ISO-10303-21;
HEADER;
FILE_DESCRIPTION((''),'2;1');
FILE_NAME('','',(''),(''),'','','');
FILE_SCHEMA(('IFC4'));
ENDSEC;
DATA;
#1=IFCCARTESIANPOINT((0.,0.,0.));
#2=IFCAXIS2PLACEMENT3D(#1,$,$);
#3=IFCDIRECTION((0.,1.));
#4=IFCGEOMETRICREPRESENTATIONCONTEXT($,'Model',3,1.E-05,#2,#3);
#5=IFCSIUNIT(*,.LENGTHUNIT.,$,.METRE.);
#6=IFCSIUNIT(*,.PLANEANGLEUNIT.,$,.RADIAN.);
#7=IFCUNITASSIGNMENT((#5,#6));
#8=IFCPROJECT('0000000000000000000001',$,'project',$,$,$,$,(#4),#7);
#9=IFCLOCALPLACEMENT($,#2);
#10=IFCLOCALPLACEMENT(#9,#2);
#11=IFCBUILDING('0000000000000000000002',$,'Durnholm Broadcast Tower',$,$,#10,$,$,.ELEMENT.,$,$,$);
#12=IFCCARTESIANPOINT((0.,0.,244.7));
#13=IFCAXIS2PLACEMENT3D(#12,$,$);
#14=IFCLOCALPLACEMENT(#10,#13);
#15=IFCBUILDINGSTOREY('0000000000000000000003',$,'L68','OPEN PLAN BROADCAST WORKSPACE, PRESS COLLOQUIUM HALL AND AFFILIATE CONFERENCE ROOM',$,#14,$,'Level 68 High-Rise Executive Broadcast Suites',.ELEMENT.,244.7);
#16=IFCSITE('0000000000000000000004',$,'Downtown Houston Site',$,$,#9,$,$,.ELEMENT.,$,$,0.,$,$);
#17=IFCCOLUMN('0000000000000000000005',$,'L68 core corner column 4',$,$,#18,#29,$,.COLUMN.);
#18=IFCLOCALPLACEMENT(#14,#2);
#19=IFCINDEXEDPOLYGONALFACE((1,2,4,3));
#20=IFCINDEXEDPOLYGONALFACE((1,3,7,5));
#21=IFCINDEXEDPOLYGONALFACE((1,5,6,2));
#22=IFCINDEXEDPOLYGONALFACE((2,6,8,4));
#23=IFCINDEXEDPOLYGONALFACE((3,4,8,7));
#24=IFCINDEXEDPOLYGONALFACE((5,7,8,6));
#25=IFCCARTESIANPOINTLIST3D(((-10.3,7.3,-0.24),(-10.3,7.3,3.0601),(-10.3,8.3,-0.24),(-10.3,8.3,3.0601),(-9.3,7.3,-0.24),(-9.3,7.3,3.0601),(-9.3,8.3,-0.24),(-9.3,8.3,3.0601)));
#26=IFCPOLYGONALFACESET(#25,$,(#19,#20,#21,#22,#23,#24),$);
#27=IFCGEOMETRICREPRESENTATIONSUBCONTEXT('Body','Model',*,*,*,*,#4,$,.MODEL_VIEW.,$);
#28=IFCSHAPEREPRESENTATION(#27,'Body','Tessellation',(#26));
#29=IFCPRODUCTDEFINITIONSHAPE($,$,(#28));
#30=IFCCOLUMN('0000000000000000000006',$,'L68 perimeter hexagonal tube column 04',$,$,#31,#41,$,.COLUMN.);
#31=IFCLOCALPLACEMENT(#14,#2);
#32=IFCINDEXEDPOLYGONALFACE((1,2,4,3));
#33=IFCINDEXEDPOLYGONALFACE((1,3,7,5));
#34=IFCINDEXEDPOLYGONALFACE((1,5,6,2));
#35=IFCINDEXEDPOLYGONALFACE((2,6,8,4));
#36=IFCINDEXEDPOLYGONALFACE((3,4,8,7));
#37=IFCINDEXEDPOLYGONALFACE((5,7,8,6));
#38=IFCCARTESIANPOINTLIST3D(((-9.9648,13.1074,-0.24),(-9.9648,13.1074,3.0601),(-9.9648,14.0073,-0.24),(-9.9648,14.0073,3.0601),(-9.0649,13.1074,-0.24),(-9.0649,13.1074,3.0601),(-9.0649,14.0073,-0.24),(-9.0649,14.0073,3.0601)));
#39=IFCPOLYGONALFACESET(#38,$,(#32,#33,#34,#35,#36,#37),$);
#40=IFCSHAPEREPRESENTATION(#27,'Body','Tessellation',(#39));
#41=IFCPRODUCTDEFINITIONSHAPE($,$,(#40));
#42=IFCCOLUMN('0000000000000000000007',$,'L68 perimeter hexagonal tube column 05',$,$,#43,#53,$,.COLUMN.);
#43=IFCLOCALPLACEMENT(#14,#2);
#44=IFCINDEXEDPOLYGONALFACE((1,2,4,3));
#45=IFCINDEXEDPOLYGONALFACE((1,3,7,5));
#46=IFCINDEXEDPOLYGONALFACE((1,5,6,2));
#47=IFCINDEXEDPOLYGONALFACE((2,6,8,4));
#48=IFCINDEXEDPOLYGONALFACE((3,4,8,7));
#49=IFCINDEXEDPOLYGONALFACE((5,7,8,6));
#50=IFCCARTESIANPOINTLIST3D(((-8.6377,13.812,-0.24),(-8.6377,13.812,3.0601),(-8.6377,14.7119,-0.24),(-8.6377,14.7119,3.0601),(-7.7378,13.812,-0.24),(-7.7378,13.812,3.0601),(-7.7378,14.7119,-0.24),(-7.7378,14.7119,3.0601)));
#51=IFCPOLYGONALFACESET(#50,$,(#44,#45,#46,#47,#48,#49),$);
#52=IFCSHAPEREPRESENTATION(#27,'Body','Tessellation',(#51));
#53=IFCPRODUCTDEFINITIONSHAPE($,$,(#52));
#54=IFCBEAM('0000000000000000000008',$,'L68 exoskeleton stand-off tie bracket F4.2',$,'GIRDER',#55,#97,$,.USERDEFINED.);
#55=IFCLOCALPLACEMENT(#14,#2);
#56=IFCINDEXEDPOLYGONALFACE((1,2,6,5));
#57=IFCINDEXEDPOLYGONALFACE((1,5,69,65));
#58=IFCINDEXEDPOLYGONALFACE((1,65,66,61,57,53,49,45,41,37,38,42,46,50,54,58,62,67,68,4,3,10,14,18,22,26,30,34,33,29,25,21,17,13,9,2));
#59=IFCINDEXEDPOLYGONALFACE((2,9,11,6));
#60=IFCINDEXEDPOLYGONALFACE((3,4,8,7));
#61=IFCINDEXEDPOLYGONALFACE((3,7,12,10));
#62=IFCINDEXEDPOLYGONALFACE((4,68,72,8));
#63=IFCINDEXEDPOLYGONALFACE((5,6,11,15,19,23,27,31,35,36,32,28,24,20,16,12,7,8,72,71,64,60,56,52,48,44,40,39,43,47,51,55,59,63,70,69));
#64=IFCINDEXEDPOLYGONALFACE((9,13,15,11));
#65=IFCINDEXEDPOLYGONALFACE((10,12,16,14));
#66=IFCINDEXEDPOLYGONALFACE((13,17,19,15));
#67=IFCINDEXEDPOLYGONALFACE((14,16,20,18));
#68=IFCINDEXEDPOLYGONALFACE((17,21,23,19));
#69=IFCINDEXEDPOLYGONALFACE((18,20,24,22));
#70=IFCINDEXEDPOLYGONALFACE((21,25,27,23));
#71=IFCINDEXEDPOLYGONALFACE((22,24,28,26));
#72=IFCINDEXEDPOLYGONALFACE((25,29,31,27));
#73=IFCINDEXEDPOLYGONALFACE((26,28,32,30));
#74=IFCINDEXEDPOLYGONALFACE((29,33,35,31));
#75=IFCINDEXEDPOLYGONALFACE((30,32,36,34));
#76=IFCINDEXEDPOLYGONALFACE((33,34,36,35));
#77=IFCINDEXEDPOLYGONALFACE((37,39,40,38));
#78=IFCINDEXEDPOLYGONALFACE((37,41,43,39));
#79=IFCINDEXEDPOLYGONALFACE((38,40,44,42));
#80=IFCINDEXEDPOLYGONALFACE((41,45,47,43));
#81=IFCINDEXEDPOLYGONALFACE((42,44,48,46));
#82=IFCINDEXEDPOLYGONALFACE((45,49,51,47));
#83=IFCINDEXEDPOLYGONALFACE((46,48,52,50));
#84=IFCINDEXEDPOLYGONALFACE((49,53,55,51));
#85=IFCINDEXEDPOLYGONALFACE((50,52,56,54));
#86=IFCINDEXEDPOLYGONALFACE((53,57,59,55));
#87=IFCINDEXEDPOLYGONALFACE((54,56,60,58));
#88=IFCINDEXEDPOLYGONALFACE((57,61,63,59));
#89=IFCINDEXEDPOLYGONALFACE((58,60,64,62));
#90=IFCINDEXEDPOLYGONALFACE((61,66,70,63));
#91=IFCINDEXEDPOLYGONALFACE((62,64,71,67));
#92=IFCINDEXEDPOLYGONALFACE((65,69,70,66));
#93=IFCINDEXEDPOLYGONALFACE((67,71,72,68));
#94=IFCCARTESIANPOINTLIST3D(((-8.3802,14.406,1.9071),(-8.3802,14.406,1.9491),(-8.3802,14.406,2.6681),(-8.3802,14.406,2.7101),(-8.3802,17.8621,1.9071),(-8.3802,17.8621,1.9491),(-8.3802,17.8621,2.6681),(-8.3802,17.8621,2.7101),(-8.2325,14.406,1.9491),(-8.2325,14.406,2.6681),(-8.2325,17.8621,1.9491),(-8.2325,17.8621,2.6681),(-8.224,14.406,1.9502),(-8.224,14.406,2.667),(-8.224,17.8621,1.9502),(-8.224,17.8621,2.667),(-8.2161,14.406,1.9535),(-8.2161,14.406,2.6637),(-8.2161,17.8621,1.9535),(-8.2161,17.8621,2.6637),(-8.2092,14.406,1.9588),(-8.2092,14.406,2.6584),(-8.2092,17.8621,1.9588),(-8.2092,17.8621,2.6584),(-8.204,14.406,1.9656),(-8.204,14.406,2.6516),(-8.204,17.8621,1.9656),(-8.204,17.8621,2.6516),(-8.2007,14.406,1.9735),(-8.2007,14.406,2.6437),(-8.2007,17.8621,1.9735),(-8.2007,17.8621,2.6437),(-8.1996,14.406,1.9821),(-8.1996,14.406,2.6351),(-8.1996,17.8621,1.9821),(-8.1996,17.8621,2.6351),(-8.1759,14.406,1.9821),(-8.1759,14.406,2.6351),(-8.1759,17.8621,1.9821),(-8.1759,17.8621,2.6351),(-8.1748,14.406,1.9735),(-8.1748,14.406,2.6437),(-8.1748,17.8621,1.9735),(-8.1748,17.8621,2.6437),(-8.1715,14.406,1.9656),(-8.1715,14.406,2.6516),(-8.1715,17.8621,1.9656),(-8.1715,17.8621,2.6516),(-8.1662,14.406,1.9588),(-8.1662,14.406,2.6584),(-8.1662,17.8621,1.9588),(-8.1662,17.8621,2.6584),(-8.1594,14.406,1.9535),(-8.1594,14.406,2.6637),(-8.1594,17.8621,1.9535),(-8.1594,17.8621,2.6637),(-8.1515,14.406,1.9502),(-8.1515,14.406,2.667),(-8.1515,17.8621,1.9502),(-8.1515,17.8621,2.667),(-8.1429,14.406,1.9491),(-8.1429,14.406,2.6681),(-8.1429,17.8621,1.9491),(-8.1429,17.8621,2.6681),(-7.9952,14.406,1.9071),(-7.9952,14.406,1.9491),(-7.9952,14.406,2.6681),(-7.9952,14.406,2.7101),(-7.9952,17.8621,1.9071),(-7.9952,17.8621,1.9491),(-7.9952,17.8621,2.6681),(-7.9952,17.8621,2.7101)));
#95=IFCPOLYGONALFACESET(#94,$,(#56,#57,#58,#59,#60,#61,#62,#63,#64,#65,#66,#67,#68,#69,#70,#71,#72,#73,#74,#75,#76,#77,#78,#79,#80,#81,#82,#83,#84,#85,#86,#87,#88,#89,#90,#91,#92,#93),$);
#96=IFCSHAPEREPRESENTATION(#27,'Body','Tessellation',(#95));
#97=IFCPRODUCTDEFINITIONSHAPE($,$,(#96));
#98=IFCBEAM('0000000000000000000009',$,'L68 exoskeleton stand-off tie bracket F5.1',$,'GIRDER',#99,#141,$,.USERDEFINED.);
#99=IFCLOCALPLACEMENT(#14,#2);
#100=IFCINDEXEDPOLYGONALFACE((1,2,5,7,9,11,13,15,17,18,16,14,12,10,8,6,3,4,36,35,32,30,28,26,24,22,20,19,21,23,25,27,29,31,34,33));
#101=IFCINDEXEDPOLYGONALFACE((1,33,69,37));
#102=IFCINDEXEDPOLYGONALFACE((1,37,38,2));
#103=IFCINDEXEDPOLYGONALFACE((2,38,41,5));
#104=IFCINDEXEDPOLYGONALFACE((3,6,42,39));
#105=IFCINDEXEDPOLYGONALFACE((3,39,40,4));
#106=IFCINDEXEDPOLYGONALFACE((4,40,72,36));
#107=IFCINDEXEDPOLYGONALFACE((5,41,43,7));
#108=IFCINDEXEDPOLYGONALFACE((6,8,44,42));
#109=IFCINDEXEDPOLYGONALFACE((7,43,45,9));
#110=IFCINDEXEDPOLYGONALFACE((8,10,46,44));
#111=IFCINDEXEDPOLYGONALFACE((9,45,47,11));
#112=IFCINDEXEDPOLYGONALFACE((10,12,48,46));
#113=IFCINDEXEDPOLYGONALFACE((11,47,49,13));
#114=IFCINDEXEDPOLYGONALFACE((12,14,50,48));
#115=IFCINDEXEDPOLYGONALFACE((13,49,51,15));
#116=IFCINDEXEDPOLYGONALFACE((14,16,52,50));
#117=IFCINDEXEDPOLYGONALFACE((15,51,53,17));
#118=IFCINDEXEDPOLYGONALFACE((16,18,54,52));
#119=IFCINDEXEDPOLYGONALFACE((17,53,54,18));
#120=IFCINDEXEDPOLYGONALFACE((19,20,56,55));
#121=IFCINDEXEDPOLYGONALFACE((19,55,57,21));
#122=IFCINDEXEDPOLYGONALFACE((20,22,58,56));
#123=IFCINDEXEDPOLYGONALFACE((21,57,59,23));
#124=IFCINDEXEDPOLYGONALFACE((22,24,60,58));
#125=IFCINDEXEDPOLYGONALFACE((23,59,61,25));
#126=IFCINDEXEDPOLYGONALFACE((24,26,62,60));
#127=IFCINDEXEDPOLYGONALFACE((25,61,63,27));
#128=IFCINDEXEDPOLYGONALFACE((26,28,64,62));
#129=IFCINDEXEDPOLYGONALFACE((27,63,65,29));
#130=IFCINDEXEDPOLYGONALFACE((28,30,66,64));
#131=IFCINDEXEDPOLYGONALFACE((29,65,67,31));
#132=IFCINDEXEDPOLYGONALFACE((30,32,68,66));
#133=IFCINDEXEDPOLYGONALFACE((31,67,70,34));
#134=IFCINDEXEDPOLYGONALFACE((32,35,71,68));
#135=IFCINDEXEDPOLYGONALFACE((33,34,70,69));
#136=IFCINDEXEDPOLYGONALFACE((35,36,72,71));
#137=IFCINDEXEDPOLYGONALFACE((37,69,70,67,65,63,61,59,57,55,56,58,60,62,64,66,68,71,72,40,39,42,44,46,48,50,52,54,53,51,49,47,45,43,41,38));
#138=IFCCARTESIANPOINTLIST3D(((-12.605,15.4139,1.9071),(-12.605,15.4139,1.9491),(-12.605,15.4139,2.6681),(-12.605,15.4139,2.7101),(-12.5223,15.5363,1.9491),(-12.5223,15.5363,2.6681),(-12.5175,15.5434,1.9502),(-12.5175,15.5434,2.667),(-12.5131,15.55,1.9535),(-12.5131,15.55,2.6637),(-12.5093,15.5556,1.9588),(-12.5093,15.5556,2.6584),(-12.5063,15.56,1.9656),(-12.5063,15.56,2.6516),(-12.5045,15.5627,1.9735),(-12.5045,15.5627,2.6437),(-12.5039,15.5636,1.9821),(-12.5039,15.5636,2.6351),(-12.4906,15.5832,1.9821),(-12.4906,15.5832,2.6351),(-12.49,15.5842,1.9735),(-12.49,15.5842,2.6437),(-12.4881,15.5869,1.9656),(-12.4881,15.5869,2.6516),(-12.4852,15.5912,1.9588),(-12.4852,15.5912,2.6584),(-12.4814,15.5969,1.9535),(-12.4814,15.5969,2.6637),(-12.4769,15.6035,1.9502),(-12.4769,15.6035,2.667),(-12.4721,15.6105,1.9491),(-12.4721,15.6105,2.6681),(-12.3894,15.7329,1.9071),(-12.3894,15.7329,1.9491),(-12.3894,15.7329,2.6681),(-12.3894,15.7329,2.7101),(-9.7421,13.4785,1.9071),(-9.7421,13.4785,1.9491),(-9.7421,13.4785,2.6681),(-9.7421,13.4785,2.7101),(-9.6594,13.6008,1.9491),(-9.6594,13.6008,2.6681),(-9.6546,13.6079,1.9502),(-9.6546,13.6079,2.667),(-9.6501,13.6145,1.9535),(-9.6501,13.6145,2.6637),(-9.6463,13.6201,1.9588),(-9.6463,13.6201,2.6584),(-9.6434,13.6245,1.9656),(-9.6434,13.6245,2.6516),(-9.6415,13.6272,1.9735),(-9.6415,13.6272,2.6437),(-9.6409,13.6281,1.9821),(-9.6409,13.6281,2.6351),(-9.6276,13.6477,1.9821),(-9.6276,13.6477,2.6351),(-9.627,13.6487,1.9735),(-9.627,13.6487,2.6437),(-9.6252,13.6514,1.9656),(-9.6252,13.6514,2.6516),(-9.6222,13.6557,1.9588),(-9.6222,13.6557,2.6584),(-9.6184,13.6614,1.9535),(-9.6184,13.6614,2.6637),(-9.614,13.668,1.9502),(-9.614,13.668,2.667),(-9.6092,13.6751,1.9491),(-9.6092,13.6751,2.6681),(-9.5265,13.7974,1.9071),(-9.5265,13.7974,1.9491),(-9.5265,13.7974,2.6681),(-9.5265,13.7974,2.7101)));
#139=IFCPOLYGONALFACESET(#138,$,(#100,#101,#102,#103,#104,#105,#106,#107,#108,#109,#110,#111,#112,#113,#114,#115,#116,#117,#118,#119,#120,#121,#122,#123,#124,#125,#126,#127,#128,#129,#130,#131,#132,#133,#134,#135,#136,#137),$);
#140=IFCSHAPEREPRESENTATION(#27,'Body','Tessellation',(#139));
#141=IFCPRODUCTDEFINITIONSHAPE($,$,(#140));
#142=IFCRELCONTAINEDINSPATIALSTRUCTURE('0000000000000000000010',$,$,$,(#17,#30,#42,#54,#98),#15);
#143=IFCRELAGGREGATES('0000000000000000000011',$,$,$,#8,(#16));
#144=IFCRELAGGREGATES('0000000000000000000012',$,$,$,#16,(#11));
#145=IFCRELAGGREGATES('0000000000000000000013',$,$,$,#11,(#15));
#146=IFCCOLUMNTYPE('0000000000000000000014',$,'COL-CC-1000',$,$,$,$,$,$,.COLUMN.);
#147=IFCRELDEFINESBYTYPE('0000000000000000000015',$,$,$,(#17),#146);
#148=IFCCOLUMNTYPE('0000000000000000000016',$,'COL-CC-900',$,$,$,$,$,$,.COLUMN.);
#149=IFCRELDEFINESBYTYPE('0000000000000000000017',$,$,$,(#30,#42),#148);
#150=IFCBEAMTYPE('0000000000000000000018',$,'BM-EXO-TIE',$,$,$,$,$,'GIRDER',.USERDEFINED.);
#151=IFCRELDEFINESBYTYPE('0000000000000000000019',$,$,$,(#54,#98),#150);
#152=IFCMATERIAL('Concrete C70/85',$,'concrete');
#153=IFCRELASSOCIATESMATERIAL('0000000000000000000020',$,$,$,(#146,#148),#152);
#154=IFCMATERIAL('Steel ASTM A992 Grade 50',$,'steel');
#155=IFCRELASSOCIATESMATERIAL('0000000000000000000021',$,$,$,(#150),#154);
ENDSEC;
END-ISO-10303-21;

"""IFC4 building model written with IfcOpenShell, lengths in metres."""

from ifc_helpers import new_model, si_unit, direction, frame, origin, origin_2d, place, context, subcontext, project, spatial, rectangle, i_section, extrude, source, transform, mapped, material, material_profile, profile_set, type_object, type_shapes, element, save


model = new_model("IFC4")

# Units and contexts
model_context = context("Model", 3, precision=1e-05, world=origin(), true_north=direction((0.0, 1.0)))
body_context = subcontext(model_context, "Body", "Model", "MODEL_VIEW")
ifc_project = project(units=[si_unit("LENGTHUNIT", "METRE"), si_unit("PLANEANGLEUNIT", "RADIAN")], contexts=[model_context])

# Site, building, storey
site_placement = place(None, origin())
site = spatial("IfcSite", under=ifc_project, at=site_placement, Name="Downtown Houston Site", CompositionType="ELEMENT", RefElevation=0.0)
building_placement = place(site_placement, origin())
building = spatial("IfcBuilding", under=site, at=building_placement, Name="Durnholm Broadcast Tower", CompositionType="ELEMENT")
storey_placement = place(building_placement, frame((0.0, 0.0, 244.7)))
storey = spatial("IfcBuildingStorey", under=building, at=storey_placement, Name="L68", Description="OPEN PLAN BROADCAST WORKSPACE, PRESS COLLOQUIUM HALL AND AFFILIATE CONFERENCE ROOM", LongName="Level 68 High-Rise Executive Broadcast Suites", CompositionType="ELEMENT", Elevation=244.7)

# Columns
ifc_material_1 = material(Name="Concrete C70/85", Category="concrete")
ifc_material_profile_1 = material_profile(ifc_material_1, rectangle(XDim=1.0, YDim=1.0, at=origin_2d()), Name="RC1000X1000")
ifc_profile_set_1 = profile_set([ifc_material_profile_1], Name="Concrete C70/85")
column_type_1 = type_object("IfcColumnType", Name="COL-CC-1000", PredefinedType="COLUMN", material=ifc_profile_set_1)
shared_shape_1 = source(origin(), body_context, "Body", "SweptSolid", [
    extrude(rectangle(XDim=1.0, YDim=1.0, at=origin_2d()), origin(), (0.0, 0.0, 1.0), 3.3),
])
type_shapes(column_type_1, [shared_shape_1])
column_placement = place(storey_placement, frame((-9.8, 7.8, -0.24), z_axis=(0.0, 0.0, 1.0), x_axis=(1.0, 0.0, 0.0)))
element("IfcColumn", 1, at=column_placement, inside=storey, type_object=column_type_1, Name="L68 core corner column 4", PredefinedType="COLUMN", context=body_context, shape_type="MappedRepresentation", body=[
    mapped(shared_shape_1, transform((0.0, 0.0, 0.0), x_axis=(1.0, 0.0, 0.0), y_axis=(0.0, 1.0, 0.0), z_axis=(0.0, 0.0, 1.0), scale=1.0)),
])
ifc_material_profile_2 = material_profile(ifc_material_1, rectangle(XDim=0.8999, YDim=0.8999, at=origin_2d()), Name="RC900X900")
ifc_profile_set_2 = profile_set([ifc_material_profile_2], Name="Concrete C70/85")
column_type_2 = type_object("IfcColumnType", Name="COL-CC-900", PredefinedType="COLUMN", material=ifc_profile_set_2)
shared_shape_2 = source(origin(), body_context, "Body", "SweptSolid", [
    extrude(rectangle(XDim=0.8999, YDim=0.8999, at=origin_2d()), origin(), (0.0, 0.0, 1.0), 3.3),
])
type_shapes(column_type_2, [shared_shape_2])
for number, where, z_axis, x_axis, name in (
    (2, (-9.5149, 13.5574, -0.24), (0.0, 0.0, 1.0), (1.0, 0.0, 0.0), "L68 perimeter hexagonal tube column 04"),
    (3, (-8.1877, 14.262, -0.24), (0.0, 0.0, 1.0), (1.0, 0.0, 0.0), "L68 perimeter hexagonal tube column 05"),
):
    element("IfcColumn", number, at=place(storey_placement, frame(where, z_axis=z_axis, x_axis=x_axis)), inside=storey, type_object=column_type_2, Name=name, PredefinedType="COLUMN", context=body_context, shape_type="MappedRepresentation", body=[
        mapped(shared_shape_2, transform((0.0, 0.0, 0.0), x_axis=(1.0, 0.0, 0.0), y_axis=(0.0, 1.0, 0.0), z_axis=(0.0, 0.0, 1.0), scale=1.0)),
    ])

# Beams
ifc_material_2 = material(Name="Steel ASTM A992 Grade 50", Category="steel")
ifc_material_profile_3 = material_profile(ifc_material_2, i_section(OverallWidth=0.385, OverallDepth=0.803, WebThickness=0.0237, FlangeThickness=0.042, FilletRadius=0.033, at=origin_2d()), Name="W30X261")
ifc_profile_set_3 = profile_set([ifc_material_profile_3], Name="Steel ASTM A992 Grade 50")
beam_type_1 = type_object("IfcBeamType", Name="BM-EXO-TIE", ElementType="GIRDER", PredefinedType="USERDEFINED", material=ifc_profile_set_3)
shared_shape_3 = source(origin(), body_context, "Body", "SweptSolid", [
    extrude(i_section(OverallWidth=0.385, OverallDepth=0.803, WebThickness=0.0237, FlangeThickness=0.042, FilletRadius=0.033, at=origin_2d()), origin(), (0.0, 0.0, 1.0), 3.4561),
])
beam_1_placement = place(storey_placement, frame((-8.1877, 14.406, 2.3086), z_axis=(0.0, 1.0, 0.0), x_axis=(-1.0, 0.0, 0.0)))
element("IfcBeam", 4, at=beam_1_placement, inside=storey, type_object=beam_type_1, Name="L68 exoskeleton stand-off tie bracket F4.2", ObjectType="GIRDER", PredefinedType="USERDEFINED", context=body_context, shape_type="MappedRepresentation", body=[
    mapped(shared_shape_3, transform((0.0, 0.0, 0.0), x_axis=(1.0, 0.0, 0.0), y_axis=(0.0, 1.0, 0.0), z_axis=(0.0, 0.0, 1.0), scale=1.0)),
])
shared_shape_4 = source(origin(), body_context, "Body", "SweptSolid", [
    extrude(i_section(OverallWidth=0.385, OverallDepth=0.803, WebThickness=0.0237, FlangeThickness=0.042, FilletRadius=0.033, at=origin_2d()), origin(), (0.0, 0.0, 1.0), 3.4558),
])
beam_2_placement = place(storey_placement, frame((-9.6343, 13.6379, 2.3086), z_axis=(-0.828446, 0.560068, 0.0), x_axis=(-0.560068, -0.828446, 0.0)))
element("IfcBeam", 5, at=beam_2_placement, inside=storey, type_object=beam_type_1, Name="L68 exoskeleton stand-off tie bracket F5.1", ObjectType="GIRDER", PredefinedType="USERDEFINED", context=body_context, shape_type="MappedRepresentation", body=[
    mapped(shared_shape_4, transform((0.0, 0.0, 0.0), x_axis=(1.0, 0.0, 0.0), y_axis=(0.0, 1.0, 0.0), z_axis=(0.0, 0.0, 1.0), scale=1.0)),
])

save(model, "model.ifc")
